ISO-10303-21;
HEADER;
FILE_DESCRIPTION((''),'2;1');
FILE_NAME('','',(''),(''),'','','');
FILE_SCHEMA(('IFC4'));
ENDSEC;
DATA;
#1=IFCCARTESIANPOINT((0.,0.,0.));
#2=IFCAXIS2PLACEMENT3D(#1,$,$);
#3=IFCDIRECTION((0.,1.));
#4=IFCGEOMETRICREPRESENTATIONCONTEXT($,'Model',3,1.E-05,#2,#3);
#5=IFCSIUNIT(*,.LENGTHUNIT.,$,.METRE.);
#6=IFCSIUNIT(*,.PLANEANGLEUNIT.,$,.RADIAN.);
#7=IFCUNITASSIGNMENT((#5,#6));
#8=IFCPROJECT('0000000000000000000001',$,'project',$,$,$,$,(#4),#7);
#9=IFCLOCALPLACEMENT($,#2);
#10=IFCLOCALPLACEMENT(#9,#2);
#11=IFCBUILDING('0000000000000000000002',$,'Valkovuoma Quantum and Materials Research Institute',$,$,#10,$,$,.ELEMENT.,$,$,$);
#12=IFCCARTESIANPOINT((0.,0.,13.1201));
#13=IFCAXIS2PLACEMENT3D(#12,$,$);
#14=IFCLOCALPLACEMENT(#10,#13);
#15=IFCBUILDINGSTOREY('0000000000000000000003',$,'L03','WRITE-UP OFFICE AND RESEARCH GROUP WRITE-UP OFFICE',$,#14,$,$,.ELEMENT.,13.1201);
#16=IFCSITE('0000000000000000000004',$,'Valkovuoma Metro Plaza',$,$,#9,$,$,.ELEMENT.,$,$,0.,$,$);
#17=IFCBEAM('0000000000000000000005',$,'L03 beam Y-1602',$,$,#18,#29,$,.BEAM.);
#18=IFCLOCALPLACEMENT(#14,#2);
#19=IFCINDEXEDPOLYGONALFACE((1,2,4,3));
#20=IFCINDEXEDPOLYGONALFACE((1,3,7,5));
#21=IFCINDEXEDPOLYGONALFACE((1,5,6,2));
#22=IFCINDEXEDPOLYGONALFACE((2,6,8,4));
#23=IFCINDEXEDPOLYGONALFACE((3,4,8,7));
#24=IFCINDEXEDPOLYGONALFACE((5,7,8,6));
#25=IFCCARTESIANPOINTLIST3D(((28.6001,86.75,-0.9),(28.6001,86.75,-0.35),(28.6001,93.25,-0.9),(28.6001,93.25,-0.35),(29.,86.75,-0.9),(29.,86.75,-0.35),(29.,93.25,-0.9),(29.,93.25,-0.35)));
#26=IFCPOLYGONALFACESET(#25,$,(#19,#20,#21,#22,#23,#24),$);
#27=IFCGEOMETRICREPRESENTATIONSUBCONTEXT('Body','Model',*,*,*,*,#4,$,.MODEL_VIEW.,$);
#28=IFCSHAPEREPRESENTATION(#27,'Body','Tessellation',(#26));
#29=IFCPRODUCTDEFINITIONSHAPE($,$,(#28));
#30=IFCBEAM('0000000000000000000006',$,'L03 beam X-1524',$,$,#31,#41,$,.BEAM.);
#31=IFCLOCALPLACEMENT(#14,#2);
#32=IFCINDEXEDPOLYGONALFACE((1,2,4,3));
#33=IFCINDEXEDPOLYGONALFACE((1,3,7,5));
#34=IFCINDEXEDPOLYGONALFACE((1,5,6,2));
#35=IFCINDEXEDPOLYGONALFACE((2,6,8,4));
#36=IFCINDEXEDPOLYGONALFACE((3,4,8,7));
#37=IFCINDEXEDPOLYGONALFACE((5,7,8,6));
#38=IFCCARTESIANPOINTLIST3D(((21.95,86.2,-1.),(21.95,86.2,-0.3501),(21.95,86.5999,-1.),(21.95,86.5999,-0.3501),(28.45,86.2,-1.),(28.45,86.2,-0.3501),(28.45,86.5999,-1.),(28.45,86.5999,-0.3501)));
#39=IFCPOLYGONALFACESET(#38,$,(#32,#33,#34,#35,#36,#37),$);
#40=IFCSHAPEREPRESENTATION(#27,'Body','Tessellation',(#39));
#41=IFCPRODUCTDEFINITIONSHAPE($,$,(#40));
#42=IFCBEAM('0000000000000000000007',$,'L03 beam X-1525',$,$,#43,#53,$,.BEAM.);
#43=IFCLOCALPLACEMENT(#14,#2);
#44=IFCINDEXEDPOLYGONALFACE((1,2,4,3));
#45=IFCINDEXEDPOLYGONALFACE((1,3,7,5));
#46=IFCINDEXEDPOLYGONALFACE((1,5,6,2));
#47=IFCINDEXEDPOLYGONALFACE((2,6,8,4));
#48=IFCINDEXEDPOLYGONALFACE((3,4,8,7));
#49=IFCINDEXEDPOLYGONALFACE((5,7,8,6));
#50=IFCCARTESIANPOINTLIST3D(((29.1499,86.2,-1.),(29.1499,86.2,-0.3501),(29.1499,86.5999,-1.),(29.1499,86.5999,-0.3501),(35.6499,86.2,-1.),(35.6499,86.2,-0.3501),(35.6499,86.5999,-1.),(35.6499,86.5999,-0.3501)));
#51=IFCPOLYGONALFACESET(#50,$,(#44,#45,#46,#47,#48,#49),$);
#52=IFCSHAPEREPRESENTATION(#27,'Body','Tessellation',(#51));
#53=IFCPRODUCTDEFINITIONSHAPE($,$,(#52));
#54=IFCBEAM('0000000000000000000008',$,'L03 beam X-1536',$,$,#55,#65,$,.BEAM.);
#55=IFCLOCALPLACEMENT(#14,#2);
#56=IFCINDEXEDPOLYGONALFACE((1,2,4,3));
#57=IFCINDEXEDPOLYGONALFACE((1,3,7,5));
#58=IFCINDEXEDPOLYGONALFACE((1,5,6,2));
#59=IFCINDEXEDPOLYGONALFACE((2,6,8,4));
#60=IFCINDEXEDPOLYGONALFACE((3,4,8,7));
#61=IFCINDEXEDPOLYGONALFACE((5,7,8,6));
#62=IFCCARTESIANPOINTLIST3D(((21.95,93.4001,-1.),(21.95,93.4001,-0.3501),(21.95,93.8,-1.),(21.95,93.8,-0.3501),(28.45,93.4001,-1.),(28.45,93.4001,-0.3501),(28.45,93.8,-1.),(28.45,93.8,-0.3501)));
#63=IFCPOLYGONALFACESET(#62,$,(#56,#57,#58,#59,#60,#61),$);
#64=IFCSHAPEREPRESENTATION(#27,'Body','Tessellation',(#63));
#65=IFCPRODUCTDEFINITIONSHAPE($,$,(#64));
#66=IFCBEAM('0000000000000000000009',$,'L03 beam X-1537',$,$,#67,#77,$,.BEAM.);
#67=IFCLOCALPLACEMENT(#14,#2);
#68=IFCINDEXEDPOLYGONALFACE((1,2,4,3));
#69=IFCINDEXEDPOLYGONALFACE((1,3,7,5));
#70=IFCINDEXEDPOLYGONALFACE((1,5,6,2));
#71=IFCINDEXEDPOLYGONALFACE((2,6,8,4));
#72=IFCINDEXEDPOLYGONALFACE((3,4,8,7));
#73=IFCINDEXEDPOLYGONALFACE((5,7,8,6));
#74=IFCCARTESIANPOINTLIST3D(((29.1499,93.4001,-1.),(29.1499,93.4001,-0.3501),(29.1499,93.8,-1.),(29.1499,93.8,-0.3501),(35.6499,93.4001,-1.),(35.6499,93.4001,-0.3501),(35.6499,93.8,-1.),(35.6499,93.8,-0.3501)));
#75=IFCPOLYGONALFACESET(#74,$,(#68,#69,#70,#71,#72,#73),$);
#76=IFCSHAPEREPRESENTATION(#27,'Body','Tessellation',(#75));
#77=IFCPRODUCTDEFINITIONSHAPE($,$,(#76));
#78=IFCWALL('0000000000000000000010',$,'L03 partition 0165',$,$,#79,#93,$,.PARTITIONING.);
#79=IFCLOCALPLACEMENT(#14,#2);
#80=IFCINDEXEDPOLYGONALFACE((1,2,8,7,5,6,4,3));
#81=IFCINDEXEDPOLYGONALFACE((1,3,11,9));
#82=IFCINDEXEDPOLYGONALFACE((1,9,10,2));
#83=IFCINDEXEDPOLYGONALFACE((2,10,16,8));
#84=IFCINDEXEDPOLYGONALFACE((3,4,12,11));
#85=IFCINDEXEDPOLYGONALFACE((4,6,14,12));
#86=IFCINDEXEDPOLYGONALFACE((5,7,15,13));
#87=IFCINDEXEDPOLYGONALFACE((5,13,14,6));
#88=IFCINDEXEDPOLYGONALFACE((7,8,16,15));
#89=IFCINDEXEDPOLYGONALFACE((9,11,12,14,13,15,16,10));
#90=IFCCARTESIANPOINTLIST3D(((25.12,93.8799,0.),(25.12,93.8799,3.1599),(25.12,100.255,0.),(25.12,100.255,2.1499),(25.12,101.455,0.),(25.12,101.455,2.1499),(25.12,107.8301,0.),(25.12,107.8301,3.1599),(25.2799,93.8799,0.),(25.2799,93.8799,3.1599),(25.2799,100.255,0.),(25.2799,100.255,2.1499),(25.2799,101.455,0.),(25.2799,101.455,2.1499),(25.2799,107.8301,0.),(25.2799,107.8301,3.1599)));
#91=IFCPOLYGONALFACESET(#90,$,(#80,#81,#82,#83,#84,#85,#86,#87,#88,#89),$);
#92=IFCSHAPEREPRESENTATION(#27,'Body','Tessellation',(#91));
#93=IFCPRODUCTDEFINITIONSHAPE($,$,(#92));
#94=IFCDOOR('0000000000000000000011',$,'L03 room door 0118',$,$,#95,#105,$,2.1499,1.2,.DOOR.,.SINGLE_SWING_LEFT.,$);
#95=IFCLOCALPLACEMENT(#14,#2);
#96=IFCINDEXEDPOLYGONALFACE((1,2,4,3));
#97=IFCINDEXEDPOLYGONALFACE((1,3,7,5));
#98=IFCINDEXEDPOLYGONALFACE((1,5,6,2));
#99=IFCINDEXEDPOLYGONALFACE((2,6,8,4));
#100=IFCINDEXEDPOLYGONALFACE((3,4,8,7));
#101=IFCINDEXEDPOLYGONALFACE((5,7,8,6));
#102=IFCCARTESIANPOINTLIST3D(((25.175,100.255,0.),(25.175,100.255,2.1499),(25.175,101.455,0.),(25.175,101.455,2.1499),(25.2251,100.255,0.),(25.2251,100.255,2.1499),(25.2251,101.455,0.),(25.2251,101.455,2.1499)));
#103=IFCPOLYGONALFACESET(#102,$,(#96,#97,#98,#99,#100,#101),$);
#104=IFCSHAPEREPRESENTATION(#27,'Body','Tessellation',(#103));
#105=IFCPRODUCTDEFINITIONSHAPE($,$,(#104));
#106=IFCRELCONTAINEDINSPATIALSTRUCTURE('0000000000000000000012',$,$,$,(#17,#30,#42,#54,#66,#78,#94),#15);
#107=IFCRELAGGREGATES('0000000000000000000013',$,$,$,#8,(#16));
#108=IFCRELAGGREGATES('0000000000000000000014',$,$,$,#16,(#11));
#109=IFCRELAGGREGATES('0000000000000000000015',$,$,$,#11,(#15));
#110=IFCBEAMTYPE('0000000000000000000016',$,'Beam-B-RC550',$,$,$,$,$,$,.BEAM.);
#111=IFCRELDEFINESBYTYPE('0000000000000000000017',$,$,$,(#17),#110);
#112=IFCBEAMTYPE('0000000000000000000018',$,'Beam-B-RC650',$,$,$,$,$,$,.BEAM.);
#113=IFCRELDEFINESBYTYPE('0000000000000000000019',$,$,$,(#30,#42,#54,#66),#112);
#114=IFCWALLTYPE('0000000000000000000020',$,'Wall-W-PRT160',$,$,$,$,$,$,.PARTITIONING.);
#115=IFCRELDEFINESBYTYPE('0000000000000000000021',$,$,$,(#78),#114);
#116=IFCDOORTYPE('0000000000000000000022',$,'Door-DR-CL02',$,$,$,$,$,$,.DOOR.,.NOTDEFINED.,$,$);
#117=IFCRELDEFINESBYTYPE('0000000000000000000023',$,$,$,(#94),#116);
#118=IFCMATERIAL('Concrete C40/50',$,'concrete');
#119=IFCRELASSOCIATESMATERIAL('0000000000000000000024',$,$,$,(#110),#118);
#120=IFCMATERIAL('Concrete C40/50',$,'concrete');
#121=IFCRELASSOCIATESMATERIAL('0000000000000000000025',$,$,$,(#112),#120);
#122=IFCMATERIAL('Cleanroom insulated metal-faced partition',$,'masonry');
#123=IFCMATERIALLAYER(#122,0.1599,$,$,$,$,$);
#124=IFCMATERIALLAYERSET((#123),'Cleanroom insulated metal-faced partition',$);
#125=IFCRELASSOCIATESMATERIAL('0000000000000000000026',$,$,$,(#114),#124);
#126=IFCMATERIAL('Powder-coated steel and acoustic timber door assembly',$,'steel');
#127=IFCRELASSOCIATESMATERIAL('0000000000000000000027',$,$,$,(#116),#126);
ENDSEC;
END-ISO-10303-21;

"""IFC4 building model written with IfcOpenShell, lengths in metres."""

from ifc_helpers import new_model, si_unit, direction, frame, frame_2d, origin, origin_2d, place, context, subcontext, project, spatial, rectangle, extrude, material, layer, layer_set, material_profile, profile_set, type_object, element, fill, save


model = new_model("IFC4")

# Units and contexts
model_context = context("Model", 3, precision=1e-05, world=origin(), true_north=direction((0.0, 1.0)))
body_context = subcontext(model_context, "Body", "Model", "MODEL_VIEW")
ifc_project = project(units=[si_unit("LENGTHUNIT", "METRE"), si_unit("PLANEANGLEUNIT", "RADIAN")], contexts=[model_context])

# Site, building, storey
site_placement = place(None, origin())
site = spatial("IfcSite", under=ifc_project, at=site_placement, Name="Valkovuoma Metro Plaza", CompositionType="ELEMENT", RefElevation=0.0)
building_placement = place(site_placement, origin())
building = spatial("IfcBuilding", under=site, at=building_placement, Name="Valkovuoma Quantum and Materials Research Institute", CompositionType="ELEMENT")
storey_placement = place(building_placement, frame((0.0, 0.0, 13.1201)))
storey = spatial("IfcBuildingStorey", under=building, at=storey_placement, Name="L03", Description="WRITE-UP OFFICE AND RESEARCH GROUP WRITE-UP OFFICE", CompositionType="ELEMENT", Elevation=13.1201)

# Beams
ifc_material_1 = material(Name="Concrete C40/50", Category="concrete")
ifc_material_profile_1 = material_profile(ifc_material_1, rectangle(XDim=0.3999, YDim=0.55, at=origin_2d()), Name="Concrete C40/50")
ifc_profile_set_1 = profile_set([ifc_material_profile_1], Name="Concrete C40/50")
beam_type_1 = type_object("IfcBeamType", Name="Beam-B-RC550", PredefinedType="BEAM", material=ifc_profile_set_1)
for number, where, z_axis, x_axis, name in (
    (1, (28.8, 86.75, -0.625), (0.0, 1.0, 0.0), (-1.0, 0.0, 0.0), "L03 beam Y-1602"),
):
    element("IfcBeam", number, at=place(storey_placement, frame(where, z_axis=z_axis, x_axis=x_axis)), inside=storey, type_object=beam_type_1, Name=name, PredefinedType="BEAM", context=body_context, shape_type="SweptSolid", body=[
        extrude(rectangle(XDim=0.3999, YDim=0.55, at=origin_2d()), origin(), (0.0, 0.0, 1.0), 6.5),
    ])
ifc_material_2 = material(Name="Concrete C40/50", Category="concrete")
ifc_material_profile_2 = material_profile(ifc_material_2, rectangle(XDim=0.3999, YDim=0.6499, at=origin_2d()), Name="Concrete C40/50")
ifc_profile_set_2 = profile_set([ifc_material_profile_2], Name="Concrete C40/50")
beam_type_2 = type_object("IfcBeamType", Name="Beam-B-RC650", PredefinedType="BEAM", material=ifc_profile_set_2)
for number, where, z_axis, x_axis, name in (
    (2, (21.95, 86.3999, -0.675), (1.0, 0.0, 0.0), (0.0, 1.0, 0.0), "L03 beam X-1524"),
    (3, (29.1499, 86.3999, -0.675), (1.0, 0.0, 0.0), (0.0, 1.0, 0.0), "L03 beam X-1525"),
    (4, (21.95, 93.6001, -0.675), (1.0, 0.0, 0.0), (0.0, 1.0, 0.0), "L03 beam X-1536"),
    (5, (29.1499, 93.6001, -0.675), (1.0, 0.0, 0.0), (0.0, 1.0, 0.0), "L03 beam X-1537"),
):
    element("IfcBeam", number, at=place(storey_placement, frame(where, z_axis=z_axis, x_axis=x_axis)), inside=storey, type_object=beam_type_2, Name=name, PredefinedType="BEAM", context=body_context, shape_type="SweptSolid", body=[
        extrude(rectangle(XDim=0.3999, YDim=0.6499, at=origin_2d()), origin(), (0.0, 0.0, 1.0), 6.5),
    ])

# Wall, opening, door
ifc_material_3 = material(Name="Cleanroom insulated metal-faced partition", Category="masonry")
ifc_layer = layer(ifc_material_3, 0.1599)
ifc_layer_set = layer_set([ifc_layer], Name="Cleanroom insulated metal-faced partition")
wall_type = type_object("IfcWallType", Name="Wall-W-PRT160", PredefinedType="PARTITIONING", material=ifc_layer_set)
wall_placement = place(storey_placement, frame((25.2, 93.8799, 0.0), z_axis=(0.0, 0.0, 1.0), x_axis=(0.0, 1.0, 0.0)))
wall = element("IfcWall", 6, at=wall_placement, inside=storey, type_object=wall_type, Name="L03 partition 0165", PredefinedType="PARTITIONING", context=body_context, shape_type="SweptSolid", body=[
    extrude(rectangle(XDim=13.9502, YDim=0.1599, at=frame_2d((6.9751, 0.0))), origin(), (0.0, 0.0, 1.0), 3.1599),
])
opening_placement = place(wall_placement, frame((6.375, 0.0, 0.0)))
opening = element("IfcOpeningElement", 7, at=opening_placement, cuts=wall, PredefinedType="OPENING", context=body_context, shape_type="SweptSolid", body=[
    extrude(rectangle(XDim=1.2, YDim=2.1499, at=frame_2d((0.6001, 1.075))), frame((0.0, 0.0898, 0.0), z_axis=(0.0, -1.0, 0.0), x_axis=(1.0, 0.0, 0.0)), (0.0, 0.0, 1.0), 0.1799),
])
ifc_material_4 = material(Name="Powder-coated steel and acoustic timber door assembly", Category="steel")
door_type = type_object("IfcDoorType", Name="Door-DR-CL02", OperationType="NOTDEFINED", PredefinedType="DOOR", material=ifc_material_4)
door_placement = place(opening_placement, origin())
door = element("IfcDoor", 8, at=door_placement, inside=storey, type_object=door_type, Name="L03 room door 0118", OperationType="SINGLE_SWING_LEFT", OverallHeight=2.1499, OverallWidth=1.2, PredefinedType="DOOR", context=body_context, shape_type="SweptSolid", body=[
    extrude(rectangle(XDim=1.2, YDim=2.1499, at=frame_2d((0.6001, 1.075))), frame((0.0, 0.0249, 0.0), z_axis=(0.0, -1.0, 0.0), x_axis=(1.0, 0.0, 0.0)), (0.0, 0.0, 1.0), 0.05),
])
fill(opening, door)

save(model, "model.ifc")
